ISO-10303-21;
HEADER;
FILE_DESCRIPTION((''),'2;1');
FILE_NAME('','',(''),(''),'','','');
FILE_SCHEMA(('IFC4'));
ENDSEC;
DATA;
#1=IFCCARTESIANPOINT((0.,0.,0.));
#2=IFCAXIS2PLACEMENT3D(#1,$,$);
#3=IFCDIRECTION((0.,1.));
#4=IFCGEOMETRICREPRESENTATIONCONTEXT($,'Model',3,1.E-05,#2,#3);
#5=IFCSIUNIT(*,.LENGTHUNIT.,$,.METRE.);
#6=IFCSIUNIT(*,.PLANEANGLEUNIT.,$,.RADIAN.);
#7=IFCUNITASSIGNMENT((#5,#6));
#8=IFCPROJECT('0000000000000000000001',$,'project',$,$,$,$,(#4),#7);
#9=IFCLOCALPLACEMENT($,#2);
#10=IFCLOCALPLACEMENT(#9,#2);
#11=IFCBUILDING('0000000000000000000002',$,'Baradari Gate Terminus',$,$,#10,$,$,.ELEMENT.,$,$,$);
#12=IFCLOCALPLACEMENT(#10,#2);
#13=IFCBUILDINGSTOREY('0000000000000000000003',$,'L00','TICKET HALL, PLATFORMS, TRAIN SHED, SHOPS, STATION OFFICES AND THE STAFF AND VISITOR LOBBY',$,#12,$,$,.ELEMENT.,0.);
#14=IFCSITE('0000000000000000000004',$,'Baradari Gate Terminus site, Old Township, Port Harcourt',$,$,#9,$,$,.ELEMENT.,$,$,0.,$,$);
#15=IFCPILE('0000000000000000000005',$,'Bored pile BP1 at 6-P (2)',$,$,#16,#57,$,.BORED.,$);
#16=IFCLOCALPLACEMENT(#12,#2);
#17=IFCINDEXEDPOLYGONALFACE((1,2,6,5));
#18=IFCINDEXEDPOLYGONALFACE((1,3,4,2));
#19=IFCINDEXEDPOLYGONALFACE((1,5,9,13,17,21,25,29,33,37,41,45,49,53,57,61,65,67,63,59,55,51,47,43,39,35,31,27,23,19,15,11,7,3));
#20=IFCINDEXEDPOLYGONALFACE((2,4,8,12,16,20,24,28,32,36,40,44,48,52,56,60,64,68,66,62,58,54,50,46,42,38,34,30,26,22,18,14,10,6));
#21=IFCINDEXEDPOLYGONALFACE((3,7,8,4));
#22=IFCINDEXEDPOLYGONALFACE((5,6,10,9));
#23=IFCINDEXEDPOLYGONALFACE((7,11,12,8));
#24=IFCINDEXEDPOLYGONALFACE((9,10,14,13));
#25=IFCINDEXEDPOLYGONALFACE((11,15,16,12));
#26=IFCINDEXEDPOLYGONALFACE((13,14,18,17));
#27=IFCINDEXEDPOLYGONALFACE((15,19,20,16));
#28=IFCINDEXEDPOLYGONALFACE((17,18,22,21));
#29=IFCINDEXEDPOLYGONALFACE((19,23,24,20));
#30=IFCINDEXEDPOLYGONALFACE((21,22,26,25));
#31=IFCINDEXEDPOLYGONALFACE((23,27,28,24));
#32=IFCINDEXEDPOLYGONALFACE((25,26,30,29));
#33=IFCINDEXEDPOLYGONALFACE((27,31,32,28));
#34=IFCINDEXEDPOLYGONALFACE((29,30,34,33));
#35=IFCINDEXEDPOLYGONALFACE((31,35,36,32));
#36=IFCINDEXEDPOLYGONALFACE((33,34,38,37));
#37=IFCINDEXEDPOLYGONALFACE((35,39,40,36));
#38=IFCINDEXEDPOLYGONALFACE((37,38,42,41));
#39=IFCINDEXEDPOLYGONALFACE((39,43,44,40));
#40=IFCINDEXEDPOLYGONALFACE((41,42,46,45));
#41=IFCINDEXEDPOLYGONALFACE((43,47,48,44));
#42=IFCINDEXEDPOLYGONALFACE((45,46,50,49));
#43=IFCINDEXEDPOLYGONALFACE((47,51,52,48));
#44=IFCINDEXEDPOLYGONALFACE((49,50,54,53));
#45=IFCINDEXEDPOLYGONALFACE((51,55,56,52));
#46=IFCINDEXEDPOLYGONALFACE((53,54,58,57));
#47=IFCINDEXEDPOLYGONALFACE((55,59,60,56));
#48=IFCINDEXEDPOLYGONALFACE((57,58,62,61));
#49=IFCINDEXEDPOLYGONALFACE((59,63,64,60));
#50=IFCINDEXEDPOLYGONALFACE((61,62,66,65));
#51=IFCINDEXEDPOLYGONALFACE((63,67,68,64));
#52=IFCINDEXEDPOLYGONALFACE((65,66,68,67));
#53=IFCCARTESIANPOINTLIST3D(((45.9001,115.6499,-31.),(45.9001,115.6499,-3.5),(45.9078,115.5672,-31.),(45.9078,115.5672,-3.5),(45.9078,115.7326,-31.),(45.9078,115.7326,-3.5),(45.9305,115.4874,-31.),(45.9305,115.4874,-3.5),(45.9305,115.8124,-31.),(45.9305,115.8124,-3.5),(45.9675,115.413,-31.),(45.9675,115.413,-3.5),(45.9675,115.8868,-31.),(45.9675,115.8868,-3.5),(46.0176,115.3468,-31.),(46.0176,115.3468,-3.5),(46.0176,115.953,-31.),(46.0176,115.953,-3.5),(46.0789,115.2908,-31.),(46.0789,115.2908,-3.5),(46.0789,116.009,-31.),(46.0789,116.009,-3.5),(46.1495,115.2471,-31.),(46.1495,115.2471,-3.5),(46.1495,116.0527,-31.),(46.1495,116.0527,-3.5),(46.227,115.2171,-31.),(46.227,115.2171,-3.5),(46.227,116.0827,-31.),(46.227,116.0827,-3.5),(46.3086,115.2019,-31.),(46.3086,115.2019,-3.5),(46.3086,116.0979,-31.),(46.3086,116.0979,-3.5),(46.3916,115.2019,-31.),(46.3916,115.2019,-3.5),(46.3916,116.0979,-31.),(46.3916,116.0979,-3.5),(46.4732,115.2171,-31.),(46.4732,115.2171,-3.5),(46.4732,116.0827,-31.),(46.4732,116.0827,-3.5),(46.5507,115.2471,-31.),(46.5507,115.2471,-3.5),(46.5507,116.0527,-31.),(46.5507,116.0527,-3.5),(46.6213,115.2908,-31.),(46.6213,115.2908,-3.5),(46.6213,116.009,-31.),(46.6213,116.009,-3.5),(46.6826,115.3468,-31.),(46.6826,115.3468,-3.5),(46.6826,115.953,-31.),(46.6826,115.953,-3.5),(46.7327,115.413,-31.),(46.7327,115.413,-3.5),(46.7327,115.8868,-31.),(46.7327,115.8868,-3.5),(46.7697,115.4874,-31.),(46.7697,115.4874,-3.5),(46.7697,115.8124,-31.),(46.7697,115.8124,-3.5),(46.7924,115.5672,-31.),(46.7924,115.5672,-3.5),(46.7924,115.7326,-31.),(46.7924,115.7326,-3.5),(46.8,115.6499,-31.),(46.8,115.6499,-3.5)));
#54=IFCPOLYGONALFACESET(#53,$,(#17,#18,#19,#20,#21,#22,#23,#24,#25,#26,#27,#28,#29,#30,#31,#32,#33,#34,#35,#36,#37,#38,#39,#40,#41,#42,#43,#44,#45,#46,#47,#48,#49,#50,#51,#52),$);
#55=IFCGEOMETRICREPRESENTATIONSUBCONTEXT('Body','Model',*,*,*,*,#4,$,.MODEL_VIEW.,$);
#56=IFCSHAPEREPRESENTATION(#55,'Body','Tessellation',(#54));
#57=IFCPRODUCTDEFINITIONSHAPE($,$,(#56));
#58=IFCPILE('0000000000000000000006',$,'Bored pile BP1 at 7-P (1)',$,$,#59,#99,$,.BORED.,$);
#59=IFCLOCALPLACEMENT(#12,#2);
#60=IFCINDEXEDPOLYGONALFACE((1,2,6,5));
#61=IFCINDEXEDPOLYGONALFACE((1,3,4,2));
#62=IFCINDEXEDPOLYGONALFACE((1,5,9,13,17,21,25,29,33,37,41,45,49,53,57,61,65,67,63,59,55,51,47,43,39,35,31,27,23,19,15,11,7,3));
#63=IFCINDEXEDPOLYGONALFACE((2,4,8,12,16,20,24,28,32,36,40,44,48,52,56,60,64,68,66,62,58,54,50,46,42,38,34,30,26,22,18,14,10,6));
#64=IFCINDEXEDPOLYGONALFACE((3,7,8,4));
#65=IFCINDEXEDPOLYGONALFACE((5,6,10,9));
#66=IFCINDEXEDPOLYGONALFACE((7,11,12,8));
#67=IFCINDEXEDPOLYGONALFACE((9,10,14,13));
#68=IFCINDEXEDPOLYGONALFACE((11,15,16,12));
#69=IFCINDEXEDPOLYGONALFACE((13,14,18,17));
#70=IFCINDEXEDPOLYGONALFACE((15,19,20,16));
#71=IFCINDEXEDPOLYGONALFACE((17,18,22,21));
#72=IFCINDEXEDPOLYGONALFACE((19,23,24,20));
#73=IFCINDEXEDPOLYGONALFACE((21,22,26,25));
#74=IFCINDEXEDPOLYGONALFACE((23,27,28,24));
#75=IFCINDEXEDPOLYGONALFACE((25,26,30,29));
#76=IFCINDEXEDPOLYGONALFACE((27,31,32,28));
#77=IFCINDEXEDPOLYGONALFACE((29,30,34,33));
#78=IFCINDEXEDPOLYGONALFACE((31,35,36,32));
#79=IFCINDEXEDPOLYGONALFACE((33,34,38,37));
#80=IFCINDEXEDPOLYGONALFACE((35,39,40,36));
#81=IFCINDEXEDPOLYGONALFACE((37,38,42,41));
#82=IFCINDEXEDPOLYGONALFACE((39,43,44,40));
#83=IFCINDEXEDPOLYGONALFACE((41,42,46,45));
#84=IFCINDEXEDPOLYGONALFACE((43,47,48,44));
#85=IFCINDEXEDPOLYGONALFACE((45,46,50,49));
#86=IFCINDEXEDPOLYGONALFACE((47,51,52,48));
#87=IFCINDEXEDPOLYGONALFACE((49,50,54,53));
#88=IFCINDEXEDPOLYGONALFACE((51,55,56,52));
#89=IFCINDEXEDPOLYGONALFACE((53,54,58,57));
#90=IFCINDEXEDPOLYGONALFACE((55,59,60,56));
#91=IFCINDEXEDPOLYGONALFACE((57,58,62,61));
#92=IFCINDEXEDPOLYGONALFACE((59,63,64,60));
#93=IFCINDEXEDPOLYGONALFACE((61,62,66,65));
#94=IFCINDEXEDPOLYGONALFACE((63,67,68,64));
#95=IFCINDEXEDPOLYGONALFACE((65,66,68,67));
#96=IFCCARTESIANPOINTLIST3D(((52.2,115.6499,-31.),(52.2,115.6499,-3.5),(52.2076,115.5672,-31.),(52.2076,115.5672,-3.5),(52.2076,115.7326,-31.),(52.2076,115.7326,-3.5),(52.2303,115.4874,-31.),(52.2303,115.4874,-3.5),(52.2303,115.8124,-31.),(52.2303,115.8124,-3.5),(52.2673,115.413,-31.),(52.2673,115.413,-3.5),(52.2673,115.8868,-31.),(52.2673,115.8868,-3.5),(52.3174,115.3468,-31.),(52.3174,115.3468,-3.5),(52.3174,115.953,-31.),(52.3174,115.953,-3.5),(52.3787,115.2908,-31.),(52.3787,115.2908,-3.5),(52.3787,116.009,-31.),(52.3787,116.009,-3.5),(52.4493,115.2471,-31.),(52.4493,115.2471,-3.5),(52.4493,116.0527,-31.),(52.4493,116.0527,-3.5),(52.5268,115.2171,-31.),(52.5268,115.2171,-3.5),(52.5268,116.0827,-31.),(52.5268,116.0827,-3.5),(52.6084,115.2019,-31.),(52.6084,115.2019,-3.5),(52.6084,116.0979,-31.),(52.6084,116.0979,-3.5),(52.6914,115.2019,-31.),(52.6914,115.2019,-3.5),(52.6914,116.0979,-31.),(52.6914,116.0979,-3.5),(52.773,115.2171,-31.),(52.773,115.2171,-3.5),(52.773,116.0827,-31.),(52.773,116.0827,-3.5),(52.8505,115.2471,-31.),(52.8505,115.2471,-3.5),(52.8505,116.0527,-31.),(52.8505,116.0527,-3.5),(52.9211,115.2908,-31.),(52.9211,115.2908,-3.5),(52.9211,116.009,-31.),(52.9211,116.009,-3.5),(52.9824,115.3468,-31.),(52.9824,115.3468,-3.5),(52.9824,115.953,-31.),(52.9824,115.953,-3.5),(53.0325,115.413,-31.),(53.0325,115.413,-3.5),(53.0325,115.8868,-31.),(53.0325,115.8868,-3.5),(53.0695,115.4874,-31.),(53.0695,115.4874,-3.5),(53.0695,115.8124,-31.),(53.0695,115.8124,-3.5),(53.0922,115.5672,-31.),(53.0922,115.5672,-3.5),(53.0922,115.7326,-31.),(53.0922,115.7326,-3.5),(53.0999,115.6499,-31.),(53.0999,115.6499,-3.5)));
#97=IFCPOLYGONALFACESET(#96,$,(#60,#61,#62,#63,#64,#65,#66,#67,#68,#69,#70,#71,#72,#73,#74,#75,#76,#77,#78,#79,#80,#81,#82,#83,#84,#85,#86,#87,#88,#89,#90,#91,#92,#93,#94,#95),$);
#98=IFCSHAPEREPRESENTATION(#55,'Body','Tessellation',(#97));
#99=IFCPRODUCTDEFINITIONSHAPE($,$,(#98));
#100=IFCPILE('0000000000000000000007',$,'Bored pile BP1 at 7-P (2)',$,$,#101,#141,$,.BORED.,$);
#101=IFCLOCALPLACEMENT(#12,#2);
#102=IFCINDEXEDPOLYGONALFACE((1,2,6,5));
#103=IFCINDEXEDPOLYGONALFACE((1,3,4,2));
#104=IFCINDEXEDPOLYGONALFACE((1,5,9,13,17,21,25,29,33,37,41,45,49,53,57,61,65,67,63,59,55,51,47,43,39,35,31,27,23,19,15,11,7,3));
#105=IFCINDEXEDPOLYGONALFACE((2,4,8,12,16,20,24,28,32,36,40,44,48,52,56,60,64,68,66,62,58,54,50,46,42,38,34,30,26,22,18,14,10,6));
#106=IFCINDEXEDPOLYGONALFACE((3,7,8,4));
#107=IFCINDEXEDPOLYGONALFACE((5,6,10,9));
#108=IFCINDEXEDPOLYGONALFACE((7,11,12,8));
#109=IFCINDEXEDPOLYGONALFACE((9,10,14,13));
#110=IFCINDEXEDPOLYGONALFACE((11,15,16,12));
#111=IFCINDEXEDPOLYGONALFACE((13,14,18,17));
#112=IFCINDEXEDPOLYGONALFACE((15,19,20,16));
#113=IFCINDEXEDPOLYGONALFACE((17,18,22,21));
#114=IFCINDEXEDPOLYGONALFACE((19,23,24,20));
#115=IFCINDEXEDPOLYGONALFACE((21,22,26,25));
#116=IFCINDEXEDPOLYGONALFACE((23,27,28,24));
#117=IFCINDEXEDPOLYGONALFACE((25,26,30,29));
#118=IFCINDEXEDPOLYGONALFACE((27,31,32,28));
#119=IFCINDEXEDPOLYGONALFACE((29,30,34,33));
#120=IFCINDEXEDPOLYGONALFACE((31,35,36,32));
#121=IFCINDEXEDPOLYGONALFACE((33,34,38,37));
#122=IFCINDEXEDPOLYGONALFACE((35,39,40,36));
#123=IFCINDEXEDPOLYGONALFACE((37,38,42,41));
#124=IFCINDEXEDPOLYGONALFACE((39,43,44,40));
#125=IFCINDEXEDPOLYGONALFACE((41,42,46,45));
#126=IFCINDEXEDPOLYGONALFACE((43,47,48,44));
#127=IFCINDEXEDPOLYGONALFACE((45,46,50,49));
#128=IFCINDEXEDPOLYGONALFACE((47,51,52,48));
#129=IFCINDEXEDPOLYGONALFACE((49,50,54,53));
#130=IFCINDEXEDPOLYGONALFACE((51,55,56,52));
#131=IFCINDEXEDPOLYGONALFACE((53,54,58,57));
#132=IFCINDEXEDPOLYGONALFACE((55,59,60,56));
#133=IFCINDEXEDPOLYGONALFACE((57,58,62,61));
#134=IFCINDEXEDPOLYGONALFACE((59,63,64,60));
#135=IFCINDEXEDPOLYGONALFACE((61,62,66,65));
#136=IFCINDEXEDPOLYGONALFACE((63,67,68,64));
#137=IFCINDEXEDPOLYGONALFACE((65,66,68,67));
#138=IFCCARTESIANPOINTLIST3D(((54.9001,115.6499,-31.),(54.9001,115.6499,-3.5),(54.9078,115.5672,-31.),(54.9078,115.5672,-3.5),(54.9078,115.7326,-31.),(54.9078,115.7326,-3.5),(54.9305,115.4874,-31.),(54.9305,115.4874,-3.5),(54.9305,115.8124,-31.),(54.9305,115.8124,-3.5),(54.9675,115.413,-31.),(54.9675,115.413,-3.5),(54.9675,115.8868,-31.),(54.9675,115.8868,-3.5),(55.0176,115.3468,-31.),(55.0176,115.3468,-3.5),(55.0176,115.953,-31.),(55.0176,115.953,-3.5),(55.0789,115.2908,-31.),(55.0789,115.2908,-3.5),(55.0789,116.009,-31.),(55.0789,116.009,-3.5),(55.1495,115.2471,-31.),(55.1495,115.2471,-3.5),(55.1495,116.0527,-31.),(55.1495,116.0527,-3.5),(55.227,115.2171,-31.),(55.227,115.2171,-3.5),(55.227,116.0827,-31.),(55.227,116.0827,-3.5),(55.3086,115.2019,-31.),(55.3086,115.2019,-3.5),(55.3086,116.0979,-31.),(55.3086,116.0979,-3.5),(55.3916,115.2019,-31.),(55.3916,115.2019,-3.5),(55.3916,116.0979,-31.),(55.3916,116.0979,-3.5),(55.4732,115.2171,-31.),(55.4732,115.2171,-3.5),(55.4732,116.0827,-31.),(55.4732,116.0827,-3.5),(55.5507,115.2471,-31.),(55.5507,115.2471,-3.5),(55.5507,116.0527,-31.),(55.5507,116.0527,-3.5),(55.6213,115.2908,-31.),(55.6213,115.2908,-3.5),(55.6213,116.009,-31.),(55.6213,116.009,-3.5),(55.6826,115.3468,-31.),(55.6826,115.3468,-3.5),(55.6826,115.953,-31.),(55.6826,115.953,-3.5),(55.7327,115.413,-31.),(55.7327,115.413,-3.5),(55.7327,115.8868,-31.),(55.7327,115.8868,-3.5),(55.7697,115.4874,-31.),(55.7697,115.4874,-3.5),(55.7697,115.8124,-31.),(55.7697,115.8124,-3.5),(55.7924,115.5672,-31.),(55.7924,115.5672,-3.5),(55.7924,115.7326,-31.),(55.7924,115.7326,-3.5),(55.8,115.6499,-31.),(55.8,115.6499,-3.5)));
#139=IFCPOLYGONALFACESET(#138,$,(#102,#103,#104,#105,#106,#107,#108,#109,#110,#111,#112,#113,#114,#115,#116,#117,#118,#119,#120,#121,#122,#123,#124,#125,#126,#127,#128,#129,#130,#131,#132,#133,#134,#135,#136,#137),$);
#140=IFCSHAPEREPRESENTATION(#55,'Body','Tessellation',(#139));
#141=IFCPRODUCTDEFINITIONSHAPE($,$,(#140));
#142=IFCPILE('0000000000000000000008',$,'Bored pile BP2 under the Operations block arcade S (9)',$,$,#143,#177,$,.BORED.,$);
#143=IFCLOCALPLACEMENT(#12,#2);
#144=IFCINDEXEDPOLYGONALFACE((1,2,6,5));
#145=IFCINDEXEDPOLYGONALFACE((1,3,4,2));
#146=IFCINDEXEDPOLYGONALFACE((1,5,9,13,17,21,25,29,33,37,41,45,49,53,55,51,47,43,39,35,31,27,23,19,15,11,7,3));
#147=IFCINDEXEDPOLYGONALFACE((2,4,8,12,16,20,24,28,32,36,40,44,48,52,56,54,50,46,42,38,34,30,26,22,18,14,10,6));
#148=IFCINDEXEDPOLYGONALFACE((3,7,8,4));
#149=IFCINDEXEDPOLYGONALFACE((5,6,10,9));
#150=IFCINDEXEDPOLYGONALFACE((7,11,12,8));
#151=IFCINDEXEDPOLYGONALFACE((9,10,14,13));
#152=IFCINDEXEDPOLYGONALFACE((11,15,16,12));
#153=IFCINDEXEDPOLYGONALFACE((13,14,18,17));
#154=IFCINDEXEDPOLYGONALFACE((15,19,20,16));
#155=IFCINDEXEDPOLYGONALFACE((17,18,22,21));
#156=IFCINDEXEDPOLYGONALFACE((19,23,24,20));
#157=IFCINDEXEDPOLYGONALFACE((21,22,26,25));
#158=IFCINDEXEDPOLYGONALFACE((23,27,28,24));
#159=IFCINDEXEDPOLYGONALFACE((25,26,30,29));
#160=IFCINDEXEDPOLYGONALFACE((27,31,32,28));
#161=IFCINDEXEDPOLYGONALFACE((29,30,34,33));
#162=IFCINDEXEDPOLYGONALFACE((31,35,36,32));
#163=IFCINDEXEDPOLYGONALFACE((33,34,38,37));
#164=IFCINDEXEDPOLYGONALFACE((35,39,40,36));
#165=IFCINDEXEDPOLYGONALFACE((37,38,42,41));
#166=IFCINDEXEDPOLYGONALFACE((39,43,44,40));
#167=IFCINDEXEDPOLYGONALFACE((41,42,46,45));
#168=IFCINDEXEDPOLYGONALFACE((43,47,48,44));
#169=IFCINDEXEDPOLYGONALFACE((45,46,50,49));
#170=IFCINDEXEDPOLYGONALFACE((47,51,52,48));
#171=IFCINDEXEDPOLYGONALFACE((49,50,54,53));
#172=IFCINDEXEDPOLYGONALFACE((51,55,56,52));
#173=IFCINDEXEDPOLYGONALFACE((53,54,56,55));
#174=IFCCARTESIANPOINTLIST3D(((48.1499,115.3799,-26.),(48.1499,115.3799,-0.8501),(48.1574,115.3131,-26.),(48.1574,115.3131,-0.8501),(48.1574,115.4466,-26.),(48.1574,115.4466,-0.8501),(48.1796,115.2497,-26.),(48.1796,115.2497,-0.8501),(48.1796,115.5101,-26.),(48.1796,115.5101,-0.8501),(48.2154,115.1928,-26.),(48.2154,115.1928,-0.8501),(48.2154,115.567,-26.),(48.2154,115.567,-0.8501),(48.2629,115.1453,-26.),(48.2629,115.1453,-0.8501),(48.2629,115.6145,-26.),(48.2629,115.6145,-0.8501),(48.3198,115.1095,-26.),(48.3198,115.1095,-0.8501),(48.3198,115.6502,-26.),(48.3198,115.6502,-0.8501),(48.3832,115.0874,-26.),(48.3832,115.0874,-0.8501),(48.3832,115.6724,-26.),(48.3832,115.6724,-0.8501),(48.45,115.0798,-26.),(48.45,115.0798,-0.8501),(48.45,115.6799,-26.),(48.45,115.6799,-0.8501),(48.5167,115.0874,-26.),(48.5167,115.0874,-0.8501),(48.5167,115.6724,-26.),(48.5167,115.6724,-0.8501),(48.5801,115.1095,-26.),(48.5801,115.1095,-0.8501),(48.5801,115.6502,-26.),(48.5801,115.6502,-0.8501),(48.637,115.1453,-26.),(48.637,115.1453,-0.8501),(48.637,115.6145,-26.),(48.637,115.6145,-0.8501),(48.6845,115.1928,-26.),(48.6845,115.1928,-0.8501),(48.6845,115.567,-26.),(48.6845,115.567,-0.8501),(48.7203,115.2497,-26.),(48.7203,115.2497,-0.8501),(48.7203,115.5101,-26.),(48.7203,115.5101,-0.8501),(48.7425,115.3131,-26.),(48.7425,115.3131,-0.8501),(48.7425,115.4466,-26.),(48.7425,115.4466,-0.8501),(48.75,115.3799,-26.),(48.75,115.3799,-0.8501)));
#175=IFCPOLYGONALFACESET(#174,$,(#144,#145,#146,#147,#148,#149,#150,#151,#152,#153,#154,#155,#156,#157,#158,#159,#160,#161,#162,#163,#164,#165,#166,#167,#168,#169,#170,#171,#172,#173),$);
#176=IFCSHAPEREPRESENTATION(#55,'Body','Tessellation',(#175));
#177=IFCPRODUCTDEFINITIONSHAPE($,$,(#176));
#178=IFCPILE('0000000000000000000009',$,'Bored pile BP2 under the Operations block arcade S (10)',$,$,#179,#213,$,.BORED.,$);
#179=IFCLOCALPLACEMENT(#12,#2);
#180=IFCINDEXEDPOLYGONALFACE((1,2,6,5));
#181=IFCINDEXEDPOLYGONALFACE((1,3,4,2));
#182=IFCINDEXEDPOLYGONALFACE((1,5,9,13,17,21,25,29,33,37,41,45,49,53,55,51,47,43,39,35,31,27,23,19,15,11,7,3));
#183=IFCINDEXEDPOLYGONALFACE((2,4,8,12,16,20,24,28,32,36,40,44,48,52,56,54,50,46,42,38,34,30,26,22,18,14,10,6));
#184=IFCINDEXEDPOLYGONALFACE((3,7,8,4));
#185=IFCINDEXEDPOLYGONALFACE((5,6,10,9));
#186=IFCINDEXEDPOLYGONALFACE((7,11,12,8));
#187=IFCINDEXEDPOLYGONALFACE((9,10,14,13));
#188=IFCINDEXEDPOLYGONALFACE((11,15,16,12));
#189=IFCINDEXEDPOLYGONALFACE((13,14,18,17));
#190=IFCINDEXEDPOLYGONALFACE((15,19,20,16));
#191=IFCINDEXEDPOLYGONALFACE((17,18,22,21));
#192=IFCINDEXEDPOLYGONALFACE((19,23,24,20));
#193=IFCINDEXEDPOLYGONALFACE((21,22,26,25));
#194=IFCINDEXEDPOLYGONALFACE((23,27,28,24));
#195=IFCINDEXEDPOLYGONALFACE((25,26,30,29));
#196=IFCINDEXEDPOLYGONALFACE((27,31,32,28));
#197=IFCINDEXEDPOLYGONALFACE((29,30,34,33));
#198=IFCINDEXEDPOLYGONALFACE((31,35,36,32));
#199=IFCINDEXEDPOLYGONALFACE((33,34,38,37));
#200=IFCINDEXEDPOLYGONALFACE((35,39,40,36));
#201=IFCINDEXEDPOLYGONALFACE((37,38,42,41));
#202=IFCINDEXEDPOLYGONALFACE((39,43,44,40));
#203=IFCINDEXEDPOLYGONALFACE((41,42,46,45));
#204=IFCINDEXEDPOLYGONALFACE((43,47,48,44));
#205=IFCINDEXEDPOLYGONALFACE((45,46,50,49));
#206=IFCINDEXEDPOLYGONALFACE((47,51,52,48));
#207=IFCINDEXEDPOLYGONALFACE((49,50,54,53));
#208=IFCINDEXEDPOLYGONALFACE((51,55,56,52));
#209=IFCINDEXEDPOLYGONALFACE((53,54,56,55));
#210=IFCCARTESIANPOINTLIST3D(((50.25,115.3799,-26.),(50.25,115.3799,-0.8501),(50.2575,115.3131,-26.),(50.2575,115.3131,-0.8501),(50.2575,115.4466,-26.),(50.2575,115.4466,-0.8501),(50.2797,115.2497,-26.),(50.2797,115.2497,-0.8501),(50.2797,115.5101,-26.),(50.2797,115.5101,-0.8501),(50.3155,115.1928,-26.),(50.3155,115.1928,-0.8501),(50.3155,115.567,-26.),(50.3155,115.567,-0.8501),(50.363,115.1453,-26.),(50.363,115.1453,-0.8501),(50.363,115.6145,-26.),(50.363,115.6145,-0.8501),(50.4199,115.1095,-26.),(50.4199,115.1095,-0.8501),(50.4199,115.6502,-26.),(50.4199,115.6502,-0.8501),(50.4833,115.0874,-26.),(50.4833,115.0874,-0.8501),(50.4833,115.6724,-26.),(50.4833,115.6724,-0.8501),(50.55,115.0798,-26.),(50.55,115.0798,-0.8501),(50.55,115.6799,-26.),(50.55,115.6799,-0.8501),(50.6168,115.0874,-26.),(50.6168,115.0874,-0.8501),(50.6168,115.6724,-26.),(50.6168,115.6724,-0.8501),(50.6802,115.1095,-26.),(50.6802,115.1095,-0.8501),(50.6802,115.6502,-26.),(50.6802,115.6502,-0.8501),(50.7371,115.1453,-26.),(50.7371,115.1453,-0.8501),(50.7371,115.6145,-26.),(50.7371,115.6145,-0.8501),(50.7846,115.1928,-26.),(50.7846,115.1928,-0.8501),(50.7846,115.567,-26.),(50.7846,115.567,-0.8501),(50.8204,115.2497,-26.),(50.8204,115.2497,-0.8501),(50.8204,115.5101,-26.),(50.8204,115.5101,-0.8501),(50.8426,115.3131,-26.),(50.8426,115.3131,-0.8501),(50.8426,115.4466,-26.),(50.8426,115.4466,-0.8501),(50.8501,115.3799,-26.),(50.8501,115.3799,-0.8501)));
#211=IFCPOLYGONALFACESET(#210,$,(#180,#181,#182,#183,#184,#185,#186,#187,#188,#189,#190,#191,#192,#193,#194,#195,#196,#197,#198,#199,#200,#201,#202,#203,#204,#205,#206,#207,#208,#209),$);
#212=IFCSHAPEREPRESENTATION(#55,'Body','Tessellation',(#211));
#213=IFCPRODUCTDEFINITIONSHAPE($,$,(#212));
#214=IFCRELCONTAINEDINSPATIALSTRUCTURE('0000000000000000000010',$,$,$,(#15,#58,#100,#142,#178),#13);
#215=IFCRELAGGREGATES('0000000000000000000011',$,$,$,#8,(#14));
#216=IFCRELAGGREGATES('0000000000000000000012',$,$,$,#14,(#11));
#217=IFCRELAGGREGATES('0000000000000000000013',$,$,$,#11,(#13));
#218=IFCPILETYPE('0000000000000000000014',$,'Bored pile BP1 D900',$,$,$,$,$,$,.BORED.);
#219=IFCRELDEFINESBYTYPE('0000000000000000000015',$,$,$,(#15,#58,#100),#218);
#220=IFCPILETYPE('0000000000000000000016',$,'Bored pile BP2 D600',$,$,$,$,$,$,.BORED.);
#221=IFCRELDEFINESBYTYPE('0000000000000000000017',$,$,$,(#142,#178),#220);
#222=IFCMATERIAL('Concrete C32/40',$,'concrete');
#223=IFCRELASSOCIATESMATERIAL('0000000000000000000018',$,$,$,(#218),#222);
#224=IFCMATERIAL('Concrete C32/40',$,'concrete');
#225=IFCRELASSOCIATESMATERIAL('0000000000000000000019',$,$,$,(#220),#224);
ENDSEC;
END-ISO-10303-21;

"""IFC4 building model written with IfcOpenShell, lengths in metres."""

from ifc_helpers import new_model, si_unit, direction, frame, origin, origin_2d, place, context, subcontext, project, spatial, circle, extrude, material, type_object, element, save


model = new_model("IFC4")

# Units and contexts
model_context = context("Model", 3, precision=1e-05, world=origin(), true_north=direction((0.0, 1.0)))
body_context = subcontext(model_context, "Body", "Model", "MODEL_VIEW")
ifc_project = project(units=[si_unit("LENGTHUNIT", "METRE"), si_unit("PLANEANGLEUNIT", "RADIAN")], contexts=[model_context])

# Site, building, storey
site_placement = place(None, origin())
site = spatial("IfcSite", under=ifc_project, at=site_placement, Name="Baradari Gate Terminus site, Old Township, Port Harcourt", CompositionType="ELEMENT", RefElevation=0.0)
building_placement = place(site_placement, origin())
building = spatial("IfcBuilding", under=site, at=building_placement, Name="Baradari Gate Terminus", CompositionType="ELEMENT")
storey_placement = place(building_placement, origin())
storey = spatial("IfcBuildingStorey", under=building, at=storey_placement, Name="L00", Description="TICKET HALL, PLATFORMS, TRAIN SHED, SHOPS, STATION OFFICES AND THE STAFF AND VISITOR LOBBY", CompositionType="ELEMENT", Elevation=0.0)

# Piles
ifc_material_1 = material(Name="Concrete C32/40", Category="concrete")
pile_type_1 = type_object("IfcPileType", Name="Bored pile BP1 D900", PredefinedType="BORED", material=ifc_material_1)
for number, where, z_axis, x_axis, name in (
    (1, (46.3501, 115.6499, -3.5), (0.0, 0.0, -1.0), (1.0, 0.0, 0.0), "Bored pile BP1 at 6-P (2)"),
    (2, (52.6499, 115.6499, -3.5), (0.0, 0.0, -1.0), (1.0, 0.0, 0.0), "Bored pile BP1 at 7-P (1)"),
    (3, (55.3501, 115.6499, -3.5), (0.0, 0.0, -1.0), (1.0, 0.0, 0.0), "Bored pile BP1 at 7-P (2)"),
):
    element("IfcPile", number, at=place(storey_placement, frame(where, z_axis=z_axis, x_axis=x_axis)), inside=storey, type_object=pile_type_1, Name=name, PredefinedType="BORED", context=body_context, shape_type="SweptSolid", body=[
        extrude(circle(Radius=0.45, at=origin_2d()), origin(), (0.0, 0.0, 1.0), 27.5),
    ])
ifc_material_2 = material(Name="Concrete C32/40", Category="concrete")
pile_type_2 = type_object("IfcPileType", Name="Bored pile BP2 D600", PredefinedType="BORED", material=ifc_material_2)
for number, where, z_axis, x_axis, name in (
    (4, (48.45, 115.3799, -0.8501), (0.0, 0.0, -1.0), (1.0, 0.0, 0.0), "Bored pile BP2 under the Operations block arcade S (9)"),
    (5, (50.55, 115.3799, -0.8501), (0.0, 0.0, -1.0), (1.0, 0.0, 0.0), "Bored pile BP2 under the Operations block arcade S (10)"),
):
    element("IfcPile", number, at=place(storey_placement, frame(where, z_axis=z_axis, x_axis=x_axis)), inside=storey, type_object=pile_type_2, Name=name, PredefinedType="BORED", context=body_context, shape_type="SweptSolid", body=[
        extrude(circle(Radius=0.3, at=origin_2d()), origin(), (0.0, 0.0, 1.0), 25.1499),
    ])

save(model, "model.ifc")
